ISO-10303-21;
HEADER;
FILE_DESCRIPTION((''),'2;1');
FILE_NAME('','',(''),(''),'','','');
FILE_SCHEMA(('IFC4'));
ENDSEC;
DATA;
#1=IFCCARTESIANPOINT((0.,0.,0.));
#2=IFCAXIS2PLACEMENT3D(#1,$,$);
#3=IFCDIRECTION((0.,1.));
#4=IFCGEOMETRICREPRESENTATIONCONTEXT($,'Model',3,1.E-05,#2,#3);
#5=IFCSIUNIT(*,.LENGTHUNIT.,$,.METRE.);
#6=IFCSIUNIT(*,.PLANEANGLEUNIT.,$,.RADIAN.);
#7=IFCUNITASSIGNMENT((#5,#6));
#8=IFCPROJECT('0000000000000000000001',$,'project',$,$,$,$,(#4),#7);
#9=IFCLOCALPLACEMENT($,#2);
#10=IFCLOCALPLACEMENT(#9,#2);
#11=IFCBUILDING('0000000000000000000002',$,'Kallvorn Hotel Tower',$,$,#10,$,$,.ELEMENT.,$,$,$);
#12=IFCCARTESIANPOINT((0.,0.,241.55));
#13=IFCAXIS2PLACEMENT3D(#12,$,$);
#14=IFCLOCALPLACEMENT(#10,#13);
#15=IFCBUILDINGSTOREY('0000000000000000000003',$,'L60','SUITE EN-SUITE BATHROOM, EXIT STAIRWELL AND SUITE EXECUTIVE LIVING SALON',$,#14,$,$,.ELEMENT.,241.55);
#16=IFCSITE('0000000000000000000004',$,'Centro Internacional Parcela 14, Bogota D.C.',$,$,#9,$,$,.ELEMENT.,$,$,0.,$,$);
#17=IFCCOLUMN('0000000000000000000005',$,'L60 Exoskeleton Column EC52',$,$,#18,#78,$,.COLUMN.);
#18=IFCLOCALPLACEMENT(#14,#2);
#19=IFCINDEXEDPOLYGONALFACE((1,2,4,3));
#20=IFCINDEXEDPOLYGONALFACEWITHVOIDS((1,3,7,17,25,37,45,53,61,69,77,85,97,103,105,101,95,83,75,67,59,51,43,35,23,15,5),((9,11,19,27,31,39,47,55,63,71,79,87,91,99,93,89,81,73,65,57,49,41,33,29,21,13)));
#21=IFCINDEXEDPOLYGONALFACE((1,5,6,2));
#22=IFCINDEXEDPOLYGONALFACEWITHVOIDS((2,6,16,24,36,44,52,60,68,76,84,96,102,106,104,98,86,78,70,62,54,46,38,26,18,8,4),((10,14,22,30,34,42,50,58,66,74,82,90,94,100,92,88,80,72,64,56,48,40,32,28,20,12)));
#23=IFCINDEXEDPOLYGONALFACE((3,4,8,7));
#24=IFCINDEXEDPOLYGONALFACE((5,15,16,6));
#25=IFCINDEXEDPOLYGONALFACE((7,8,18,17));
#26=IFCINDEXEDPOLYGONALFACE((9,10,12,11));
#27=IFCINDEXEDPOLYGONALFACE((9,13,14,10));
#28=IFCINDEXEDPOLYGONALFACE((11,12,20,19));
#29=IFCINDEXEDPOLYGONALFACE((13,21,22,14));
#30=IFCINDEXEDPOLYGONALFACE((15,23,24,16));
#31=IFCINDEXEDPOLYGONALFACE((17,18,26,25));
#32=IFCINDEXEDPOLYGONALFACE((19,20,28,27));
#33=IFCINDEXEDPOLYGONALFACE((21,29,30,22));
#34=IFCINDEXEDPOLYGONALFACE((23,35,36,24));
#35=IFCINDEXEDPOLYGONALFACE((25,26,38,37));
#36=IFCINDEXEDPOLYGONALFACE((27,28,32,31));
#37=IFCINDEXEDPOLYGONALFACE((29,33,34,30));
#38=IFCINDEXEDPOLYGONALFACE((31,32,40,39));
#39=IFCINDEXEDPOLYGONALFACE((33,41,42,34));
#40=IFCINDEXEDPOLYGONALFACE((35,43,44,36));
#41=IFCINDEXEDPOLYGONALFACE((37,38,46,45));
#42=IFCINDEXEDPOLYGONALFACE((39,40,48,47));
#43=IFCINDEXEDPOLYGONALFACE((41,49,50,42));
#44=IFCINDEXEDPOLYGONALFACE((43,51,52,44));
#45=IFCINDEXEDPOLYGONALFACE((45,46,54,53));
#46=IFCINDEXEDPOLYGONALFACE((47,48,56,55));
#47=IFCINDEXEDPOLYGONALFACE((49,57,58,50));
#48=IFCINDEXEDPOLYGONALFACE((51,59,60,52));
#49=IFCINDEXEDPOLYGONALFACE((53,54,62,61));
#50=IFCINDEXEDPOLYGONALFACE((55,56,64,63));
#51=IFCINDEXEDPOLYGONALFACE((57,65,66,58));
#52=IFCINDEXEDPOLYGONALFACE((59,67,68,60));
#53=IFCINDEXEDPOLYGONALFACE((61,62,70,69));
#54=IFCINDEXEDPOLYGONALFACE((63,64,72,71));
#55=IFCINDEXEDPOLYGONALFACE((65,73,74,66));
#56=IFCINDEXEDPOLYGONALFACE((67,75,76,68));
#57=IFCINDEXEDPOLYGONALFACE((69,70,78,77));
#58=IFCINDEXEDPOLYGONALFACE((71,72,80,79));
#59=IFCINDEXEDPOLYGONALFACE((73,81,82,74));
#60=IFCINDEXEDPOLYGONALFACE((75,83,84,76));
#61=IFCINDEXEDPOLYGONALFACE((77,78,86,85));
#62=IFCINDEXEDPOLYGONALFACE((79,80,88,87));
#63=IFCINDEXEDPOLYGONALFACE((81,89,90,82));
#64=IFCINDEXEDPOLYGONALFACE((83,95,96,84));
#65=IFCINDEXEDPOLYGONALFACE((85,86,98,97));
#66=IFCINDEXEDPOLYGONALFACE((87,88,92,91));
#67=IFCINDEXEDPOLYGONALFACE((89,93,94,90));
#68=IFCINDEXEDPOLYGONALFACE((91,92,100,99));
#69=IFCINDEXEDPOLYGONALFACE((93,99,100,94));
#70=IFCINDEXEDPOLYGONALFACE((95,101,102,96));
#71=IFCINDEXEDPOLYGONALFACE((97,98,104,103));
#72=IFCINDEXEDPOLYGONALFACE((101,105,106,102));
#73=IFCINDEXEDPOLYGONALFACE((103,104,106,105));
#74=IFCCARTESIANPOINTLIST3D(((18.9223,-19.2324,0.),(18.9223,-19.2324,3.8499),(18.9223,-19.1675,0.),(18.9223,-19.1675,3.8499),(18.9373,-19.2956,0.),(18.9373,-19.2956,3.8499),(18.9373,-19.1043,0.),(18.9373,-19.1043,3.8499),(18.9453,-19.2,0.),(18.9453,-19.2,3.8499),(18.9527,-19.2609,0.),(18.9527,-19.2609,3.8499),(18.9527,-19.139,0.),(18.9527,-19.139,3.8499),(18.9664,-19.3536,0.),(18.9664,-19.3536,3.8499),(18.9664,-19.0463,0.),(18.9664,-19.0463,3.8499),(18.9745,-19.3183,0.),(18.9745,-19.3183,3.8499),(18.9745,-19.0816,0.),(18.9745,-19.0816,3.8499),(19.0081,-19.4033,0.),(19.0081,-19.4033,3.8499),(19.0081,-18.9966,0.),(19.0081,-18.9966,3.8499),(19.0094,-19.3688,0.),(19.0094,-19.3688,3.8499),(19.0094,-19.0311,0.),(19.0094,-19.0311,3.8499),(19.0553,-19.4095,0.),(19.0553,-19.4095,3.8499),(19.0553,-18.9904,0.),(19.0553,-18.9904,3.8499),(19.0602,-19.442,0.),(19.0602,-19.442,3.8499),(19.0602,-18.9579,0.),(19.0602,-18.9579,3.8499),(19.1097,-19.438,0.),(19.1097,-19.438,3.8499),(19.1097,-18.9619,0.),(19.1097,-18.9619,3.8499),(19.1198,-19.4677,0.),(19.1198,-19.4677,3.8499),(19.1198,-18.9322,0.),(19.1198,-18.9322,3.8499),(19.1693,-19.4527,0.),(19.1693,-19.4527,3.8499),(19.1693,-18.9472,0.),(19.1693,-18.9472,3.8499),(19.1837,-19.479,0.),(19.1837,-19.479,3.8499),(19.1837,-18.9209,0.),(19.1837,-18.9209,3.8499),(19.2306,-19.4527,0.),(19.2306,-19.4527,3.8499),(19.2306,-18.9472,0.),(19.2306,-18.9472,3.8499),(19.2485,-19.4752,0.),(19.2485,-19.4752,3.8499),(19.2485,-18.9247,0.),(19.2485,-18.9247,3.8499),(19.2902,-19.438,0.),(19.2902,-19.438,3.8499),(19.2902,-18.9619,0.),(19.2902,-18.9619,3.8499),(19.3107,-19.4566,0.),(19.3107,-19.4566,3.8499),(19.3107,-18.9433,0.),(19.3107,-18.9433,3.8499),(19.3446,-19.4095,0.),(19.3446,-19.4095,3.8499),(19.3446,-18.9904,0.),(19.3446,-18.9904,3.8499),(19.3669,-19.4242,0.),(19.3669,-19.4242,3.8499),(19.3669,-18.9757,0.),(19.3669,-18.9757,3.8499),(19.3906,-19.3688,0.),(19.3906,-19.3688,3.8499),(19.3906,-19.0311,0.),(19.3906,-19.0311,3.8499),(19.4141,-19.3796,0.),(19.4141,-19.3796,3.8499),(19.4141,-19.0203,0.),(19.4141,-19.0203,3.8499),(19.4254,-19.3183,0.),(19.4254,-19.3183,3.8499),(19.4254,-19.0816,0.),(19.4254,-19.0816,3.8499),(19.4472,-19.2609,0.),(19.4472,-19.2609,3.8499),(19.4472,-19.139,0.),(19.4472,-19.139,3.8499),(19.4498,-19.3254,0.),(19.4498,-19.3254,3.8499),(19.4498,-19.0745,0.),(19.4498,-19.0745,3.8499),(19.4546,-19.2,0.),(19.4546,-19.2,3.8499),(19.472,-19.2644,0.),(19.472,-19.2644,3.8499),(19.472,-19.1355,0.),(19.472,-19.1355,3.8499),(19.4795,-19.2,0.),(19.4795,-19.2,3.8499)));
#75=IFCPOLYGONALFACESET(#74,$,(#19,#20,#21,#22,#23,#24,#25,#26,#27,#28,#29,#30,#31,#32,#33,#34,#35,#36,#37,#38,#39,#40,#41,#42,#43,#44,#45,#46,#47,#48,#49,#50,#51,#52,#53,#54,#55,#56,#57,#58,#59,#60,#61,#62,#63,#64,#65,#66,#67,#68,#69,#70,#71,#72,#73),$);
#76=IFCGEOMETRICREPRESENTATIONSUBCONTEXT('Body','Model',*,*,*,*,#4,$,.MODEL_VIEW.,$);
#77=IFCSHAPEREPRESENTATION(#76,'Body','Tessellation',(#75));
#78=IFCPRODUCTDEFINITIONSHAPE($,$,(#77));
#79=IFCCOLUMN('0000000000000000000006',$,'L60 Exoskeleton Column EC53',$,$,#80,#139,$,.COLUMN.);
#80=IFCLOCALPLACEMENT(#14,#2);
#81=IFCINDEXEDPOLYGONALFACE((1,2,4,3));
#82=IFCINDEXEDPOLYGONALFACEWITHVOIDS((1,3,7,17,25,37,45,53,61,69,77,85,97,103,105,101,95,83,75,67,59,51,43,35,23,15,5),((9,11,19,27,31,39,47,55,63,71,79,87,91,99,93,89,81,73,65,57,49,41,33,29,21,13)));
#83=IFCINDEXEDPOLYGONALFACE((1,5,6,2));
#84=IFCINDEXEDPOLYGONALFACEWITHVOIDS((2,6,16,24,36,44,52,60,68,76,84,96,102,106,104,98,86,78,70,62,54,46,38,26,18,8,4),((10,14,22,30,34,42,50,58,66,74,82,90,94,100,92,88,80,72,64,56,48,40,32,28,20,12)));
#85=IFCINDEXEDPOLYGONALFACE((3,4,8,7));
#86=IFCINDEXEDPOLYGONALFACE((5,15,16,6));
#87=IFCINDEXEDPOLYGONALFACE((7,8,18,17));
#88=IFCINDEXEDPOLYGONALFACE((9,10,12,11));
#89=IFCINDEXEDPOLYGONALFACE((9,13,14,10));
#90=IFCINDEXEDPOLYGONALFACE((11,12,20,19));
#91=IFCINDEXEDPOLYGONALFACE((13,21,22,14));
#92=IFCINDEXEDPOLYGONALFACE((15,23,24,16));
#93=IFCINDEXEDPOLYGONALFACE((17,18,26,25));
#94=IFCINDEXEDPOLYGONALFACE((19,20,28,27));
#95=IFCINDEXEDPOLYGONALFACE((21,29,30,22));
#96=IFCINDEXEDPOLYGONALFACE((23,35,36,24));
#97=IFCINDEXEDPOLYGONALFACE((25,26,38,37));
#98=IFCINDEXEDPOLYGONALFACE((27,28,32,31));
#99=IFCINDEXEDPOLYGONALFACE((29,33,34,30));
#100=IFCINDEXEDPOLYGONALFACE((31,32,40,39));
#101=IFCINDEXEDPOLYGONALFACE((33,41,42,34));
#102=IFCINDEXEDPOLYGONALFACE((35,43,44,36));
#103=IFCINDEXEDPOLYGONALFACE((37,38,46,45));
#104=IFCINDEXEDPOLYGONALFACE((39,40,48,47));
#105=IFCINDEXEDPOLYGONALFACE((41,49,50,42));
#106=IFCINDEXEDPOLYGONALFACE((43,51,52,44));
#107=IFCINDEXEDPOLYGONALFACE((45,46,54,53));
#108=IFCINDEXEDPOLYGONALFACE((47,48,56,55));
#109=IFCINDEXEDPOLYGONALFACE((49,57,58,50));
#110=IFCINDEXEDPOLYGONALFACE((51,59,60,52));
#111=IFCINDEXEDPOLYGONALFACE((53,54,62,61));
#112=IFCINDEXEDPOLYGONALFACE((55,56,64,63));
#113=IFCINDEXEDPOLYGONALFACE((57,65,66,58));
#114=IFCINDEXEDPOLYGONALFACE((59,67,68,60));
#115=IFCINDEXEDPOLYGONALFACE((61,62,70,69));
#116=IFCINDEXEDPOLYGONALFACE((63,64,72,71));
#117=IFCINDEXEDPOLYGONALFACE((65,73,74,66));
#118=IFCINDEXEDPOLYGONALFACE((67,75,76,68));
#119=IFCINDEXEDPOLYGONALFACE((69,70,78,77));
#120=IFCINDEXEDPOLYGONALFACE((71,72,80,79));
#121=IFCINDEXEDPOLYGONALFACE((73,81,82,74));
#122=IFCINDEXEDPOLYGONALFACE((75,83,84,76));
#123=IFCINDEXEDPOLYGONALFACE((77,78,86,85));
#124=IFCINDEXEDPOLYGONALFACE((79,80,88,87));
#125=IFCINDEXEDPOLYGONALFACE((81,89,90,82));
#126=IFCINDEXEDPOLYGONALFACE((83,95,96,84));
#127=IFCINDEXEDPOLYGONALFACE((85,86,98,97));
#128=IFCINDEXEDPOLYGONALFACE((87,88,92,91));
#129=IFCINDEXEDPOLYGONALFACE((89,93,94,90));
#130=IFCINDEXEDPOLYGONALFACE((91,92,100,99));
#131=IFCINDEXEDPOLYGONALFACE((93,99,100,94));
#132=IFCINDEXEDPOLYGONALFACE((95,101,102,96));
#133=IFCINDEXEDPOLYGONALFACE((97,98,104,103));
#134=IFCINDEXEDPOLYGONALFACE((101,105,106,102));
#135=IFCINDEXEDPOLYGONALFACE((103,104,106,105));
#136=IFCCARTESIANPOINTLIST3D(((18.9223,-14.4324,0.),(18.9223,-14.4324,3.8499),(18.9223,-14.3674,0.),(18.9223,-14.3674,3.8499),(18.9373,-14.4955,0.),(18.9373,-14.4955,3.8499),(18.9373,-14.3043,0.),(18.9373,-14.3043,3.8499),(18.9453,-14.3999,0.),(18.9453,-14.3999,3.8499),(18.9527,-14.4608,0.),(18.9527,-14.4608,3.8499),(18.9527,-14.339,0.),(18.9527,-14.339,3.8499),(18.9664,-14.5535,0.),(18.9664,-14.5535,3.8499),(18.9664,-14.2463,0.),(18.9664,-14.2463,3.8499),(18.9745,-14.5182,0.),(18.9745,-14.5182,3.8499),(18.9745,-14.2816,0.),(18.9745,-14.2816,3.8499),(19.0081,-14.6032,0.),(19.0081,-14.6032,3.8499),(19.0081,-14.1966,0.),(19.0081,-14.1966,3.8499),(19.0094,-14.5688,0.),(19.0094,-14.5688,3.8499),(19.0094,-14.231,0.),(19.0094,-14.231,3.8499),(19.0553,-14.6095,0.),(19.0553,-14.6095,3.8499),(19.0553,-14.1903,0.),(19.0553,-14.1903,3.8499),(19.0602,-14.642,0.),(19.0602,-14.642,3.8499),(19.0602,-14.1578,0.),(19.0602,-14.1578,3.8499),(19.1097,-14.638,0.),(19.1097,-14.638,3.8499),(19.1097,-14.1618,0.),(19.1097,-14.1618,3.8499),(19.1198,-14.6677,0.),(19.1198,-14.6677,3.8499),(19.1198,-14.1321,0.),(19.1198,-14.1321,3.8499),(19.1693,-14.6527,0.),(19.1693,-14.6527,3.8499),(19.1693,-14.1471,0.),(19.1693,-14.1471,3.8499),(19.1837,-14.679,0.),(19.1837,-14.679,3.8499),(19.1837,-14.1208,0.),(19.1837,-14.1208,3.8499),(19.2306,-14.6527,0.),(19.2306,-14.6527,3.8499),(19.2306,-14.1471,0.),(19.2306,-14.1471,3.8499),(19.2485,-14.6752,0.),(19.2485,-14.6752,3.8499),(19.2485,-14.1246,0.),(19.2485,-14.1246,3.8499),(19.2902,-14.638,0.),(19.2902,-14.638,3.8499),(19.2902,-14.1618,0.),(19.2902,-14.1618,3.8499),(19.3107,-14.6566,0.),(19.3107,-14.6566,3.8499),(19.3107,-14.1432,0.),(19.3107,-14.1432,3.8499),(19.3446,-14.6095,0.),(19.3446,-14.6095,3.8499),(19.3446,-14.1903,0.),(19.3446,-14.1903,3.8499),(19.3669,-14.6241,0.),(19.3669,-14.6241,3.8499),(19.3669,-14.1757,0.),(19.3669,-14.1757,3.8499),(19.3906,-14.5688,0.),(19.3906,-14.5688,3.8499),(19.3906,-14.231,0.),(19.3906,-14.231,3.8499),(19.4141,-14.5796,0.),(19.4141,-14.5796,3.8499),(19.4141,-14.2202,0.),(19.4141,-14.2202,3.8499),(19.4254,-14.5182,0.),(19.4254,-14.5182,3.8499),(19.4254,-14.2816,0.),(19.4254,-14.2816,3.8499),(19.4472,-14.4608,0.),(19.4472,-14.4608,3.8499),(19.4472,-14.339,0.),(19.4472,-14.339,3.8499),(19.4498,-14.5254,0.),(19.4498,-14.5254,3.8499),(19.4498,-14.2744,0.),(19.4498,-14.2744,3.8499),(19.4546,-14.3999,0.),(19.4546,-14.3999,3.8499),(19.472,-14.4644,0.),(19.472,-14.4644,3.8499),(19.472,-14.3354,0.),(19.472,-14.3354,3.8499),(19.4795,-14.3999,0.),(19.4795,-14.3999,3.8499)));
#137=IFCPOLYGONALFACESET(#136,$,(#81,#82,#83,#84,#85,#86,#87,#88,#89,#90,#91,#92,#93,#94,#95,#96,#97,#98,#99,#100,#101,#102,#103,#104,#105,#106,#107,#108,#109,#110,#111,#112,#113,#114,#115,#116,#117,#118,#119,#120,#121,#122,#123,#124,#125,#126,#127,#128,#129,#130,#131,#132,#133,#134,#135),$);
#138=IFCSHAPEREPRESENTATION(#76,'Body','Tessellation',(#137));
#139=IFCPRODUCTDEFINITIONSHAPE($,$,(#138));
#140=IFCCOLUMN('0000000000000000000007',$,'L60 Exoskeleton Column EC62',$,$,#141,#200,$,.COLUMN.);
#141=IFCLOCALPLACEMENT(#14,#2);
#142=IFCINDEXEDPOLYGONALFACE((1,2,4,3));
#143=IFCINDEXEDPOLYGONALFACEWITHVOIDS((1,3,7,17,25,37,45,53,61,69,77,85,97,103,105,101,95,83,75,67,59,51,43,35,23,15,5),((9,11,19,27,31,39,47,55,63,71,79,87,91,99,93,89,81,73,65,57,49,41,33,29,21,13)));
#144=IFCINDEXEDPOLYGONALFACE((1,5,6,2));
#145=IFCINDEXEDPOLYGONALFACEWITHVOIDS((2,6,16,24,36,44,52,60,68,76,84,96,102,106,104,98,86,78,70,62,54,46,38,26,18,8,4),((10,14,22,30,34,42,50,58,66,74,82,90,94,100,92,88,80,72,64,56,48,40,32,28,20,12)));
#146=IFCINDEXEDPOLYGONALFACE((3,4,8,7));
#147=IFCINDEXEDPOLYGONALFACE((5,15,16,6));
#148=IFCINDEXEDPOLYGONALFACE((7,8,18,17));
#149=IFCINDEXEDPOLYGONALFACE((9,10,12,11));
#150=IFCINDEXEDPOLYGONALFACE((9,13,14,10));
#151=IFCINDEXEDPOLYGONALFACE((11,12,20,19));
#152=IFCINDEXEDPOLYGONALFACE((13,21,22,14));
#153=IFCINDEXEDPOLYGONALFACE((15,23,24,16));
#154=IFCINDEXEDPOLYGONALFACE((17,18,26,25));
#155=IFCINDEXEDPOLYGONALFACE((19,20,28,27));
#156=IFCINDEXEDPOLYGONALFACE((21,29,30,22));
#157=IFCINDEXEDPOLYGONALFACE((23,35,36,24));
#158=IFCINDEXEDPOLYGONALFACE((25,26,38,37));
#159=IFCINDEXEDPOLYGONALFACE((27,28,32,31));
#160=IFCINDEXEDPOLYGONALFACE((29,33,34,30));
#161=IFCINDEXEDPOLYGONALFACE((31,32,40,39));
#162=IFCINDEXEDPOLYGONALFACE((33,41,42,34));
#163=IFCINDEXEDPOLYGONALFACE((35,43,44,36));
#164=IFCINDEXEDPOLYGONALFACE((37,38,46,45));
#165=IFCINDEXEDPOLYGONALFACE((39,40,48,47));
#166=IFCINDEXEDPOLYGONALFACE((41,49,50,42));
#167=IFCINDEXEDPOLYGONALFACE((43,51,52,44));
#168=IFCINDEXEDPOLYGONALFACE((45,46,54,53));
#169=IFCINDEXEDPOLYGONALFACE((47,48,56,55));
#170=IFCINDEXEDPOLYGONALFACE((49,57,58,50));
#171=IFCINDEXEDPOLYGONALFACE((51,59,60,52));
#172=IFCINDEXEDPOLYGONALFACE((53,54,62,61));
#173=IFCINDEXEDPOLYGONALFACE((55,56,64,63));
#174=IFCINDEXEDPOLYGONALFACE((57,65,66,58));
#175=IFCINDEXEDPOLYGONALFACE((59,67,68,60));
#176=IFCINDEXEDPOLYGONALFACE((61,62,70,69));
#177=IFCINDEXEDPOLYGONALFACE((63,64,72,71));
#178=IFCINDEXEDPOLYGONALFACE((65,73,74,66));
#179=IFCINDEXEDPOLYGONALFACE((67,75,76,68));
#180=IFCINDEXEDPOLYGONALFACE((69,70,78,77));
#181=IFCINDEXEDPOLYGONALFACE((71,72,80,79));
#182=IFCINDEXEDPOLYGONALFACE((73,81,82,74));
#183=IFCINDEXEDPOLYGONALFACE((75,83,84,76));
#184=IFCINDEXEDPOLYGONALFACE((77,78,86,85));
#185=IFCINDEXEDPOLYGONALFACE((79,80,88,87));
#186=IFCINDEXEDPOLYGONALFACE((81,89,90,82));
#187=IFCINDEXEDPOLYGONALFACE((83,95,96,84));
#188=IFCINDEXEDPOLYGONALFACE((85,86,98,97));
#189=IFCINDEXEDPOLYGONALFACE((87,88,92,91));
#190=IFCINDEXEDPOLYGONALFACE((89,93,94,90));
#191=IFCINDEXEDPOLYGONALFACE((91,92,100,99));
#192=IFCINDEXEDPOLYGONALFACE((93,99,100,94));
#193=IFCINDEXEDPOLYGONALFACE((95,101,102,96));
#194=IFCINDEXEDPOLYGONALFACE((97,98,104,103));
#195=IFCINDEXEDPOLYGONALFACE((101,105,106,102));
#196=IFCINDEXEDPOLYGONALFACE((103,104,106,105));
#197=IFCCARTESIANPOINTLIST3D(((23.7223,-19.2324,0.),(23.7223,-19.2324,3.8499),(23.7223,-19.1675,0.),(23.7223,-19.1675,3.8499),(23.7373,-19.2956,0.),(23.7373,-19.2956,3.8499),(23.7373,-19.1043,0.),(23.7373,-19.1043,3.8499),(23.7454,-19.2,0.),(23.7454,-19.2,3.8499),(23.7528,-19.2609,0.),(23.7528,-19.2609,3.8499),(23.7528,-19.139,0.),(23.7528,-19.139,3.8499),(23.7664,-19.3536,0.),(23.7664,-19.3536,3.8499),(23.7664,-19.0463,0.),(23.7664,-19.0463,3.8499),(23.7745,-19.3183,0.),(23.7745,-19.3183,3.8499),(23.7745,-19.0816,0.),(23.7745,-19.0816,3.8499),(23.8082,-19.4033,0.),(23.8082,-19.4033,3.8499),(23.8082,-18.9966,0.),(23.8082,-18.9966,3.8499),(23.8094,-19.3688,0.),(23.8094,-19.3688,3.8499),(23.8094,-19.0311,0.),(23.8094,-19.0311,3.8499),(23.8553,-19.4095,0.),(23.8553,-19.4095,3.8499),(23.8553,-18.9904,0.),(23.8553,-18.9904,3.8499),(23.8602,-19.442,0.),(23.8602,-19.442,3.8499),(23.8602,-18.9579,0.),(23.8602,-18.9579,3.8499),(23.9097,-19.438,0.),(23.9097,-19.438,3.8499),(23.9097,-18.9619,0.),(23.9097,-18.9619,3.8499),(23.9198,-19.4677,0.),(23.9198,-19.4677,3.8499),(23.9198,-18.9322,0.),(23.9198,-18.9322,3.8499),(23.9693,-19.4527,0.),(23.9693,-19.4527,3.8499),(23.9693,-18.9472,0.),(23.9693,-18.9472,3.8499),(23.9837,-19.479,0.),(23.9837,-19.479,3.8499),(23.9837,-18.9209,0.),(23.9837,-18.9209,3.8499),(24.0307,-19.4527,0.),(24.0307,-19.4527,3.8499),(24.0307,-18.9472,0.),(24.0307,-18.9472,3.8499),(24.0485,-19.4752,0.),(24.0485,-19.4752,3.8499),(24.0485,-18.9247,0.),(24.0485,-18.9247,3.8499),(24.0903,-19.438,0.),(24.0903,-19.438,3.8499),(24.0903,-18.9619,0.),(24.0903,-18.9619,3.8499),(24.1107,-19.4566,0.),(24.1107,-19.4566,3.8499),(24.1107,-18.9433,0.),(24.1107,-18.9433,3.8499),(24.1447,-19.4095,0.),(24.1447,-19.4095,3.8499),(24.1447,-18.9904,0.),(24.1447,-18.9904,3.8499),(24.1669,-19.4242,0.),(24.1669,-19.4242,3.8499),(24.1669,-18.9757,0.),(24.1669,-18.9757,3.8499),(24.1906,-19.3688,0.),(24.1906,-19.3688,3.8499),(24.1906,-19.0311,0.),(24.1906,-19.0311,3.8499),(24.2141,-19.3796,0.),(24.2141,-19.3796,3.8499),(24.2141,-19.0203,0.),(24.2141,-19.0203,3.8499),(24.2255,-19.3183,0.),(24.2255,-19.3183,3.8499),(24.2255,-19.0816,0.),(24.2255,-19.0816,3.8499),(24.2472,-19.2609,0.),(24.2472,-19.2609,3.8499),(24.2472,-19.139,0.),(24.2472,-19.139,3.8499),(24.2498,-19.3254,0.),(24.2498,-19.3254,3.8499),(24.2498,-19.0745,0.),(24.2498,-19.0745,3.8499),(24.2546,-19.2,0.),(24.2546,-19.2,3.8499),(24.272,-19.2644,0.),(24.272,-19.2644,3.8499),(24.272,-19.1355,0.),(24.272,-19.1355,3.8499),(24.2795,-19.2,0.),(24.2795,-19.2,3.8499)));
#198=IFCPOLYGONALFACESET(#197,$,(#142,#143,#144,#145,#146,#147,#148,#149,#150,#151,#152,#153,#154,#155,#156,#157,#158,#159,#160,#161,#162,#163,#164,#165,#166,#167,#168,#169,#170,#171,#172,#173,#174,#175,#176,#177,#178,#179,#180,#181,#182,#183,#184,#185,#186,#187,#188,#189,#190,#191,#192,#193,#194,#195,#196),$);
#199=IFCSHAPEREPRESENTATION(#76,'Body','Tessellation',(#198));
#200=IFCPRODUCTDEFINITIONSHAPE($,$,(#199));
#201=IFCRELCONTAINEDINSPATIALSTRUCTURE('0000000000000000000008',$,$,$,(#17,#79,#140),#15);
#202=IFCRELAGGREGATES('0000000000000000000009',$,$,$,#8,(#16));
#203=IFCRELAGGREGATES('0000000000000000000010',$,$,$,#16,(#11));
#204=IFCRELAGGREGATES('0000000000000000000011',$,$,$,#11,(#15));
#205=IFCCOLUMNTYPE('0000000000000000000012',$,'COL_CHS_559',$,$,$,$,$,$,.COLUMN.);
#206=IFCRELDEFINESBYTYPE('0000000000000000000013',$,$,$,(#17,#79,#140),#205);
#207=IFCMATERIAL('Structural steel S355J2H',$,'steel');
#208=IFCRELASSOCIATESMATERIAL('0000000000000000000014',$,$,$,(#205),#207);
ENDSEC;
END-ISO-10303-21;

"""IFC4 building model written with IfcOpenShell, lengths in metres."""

from ifc_helpers import new_model, si_unit, direction, frame, origin, origin_2d, place, context, subcontext, project, spatial, hollow_circle, extrude, material, material_profile, profile_set, type_object, element, save


model = new_model("IFC4")

# Units and contexts
model_context = context("Model", 3, precision=1e-05, world=origin(), true_north=direction((0.0, 1.0)))
body_context = subcontext(model_context, "Body", "Model", "MODEL_VIEW")
ifc_project = project(units=[si_unit("LENGTHUNIT", "METRE"), si_unit("PLANEANGLEUNIT", "RADIAN")], contexts=[model_context])

# Site, building, storey
site_placement = place(None, origin())
site = spatial("IfcSite", under=ifc_project, at=site_placement, Name="Centro Internacional Parcela 14, Bogota D.C.", CompositionType="ELEMENT", RefElevation=0.0)
building_placement = place(site_placement, origin())
building = spatial("IfcBuilding", under=site, at=building_placement, Name="Kallvorn Hotel Tower", CompositionType="ELEMENT")
storey_placement = place(building_placement, frame((0.0, 0.0, 241.55)))
storey = spatial("IfcBuildingStorey", under=building, at=storey_placement, Name="L60", Description="SUITE EN-SUITE BATHROOM, EXIT STAIRWELL AND SUITE EXECUTIVE LIVING SALON", CompositionType="ELEMENT", Elevation=241.55)

# Columns
ifc_material_1 = material(Name="Structural steel S355J2H", Category="steel")
ifc_material_profile_1 = material_profile(ifc_material_1, hollow_circle(Radius=0.2795, WallThickness=0.0249, at=origin_2d()), Name="CHS 559x25")
ifc_profile_set_1 = profile_set([ifc_material_profile_1], Name="Structural steel S355J2H")
column_type_1 = type_object("IfcColumnType", Name="COL_CHS_559", PredefinedType="COLUMN", material=ifc_profile_set_1)
for number, where, z_axis, x_axis, name in (
    (1, (19.2, -19.2, 0.0), (0.0, 0.0, 1.0), (1.0, 0.0, 0.0), "L60 Exoskeleton Column EC52"),
    (2, (19.2, -14.3999, 0.0), (0.0, 0.0, 1.0), (1.0, 0.0, 0.0), "L60 Exoskeleton Column EC53"),
    (3, (24.0, -19.2, 0.0), (0.0, 0.0, 1.0), (1.0, 0.0, 0.0), "L60 Exoskeleton Column EC62"),
):
    element("IfcColumn", number, at=place(storey_placement, frame(where, z_axis=z_axis, x_axis=x_axis)), inside=storey, type_object=column_type_1, Name=name, PredefinedType="COLUMN", context=body_context, shape_type="SweptSolid", body=[
        extrude(hollow_circle(Radius=0.2795, WallThickness=0.0249, at=origin_2d()), origin(), (0.0, 0.0, 1.0), 3.8499),
    ])

save(model, "model.ifc")
